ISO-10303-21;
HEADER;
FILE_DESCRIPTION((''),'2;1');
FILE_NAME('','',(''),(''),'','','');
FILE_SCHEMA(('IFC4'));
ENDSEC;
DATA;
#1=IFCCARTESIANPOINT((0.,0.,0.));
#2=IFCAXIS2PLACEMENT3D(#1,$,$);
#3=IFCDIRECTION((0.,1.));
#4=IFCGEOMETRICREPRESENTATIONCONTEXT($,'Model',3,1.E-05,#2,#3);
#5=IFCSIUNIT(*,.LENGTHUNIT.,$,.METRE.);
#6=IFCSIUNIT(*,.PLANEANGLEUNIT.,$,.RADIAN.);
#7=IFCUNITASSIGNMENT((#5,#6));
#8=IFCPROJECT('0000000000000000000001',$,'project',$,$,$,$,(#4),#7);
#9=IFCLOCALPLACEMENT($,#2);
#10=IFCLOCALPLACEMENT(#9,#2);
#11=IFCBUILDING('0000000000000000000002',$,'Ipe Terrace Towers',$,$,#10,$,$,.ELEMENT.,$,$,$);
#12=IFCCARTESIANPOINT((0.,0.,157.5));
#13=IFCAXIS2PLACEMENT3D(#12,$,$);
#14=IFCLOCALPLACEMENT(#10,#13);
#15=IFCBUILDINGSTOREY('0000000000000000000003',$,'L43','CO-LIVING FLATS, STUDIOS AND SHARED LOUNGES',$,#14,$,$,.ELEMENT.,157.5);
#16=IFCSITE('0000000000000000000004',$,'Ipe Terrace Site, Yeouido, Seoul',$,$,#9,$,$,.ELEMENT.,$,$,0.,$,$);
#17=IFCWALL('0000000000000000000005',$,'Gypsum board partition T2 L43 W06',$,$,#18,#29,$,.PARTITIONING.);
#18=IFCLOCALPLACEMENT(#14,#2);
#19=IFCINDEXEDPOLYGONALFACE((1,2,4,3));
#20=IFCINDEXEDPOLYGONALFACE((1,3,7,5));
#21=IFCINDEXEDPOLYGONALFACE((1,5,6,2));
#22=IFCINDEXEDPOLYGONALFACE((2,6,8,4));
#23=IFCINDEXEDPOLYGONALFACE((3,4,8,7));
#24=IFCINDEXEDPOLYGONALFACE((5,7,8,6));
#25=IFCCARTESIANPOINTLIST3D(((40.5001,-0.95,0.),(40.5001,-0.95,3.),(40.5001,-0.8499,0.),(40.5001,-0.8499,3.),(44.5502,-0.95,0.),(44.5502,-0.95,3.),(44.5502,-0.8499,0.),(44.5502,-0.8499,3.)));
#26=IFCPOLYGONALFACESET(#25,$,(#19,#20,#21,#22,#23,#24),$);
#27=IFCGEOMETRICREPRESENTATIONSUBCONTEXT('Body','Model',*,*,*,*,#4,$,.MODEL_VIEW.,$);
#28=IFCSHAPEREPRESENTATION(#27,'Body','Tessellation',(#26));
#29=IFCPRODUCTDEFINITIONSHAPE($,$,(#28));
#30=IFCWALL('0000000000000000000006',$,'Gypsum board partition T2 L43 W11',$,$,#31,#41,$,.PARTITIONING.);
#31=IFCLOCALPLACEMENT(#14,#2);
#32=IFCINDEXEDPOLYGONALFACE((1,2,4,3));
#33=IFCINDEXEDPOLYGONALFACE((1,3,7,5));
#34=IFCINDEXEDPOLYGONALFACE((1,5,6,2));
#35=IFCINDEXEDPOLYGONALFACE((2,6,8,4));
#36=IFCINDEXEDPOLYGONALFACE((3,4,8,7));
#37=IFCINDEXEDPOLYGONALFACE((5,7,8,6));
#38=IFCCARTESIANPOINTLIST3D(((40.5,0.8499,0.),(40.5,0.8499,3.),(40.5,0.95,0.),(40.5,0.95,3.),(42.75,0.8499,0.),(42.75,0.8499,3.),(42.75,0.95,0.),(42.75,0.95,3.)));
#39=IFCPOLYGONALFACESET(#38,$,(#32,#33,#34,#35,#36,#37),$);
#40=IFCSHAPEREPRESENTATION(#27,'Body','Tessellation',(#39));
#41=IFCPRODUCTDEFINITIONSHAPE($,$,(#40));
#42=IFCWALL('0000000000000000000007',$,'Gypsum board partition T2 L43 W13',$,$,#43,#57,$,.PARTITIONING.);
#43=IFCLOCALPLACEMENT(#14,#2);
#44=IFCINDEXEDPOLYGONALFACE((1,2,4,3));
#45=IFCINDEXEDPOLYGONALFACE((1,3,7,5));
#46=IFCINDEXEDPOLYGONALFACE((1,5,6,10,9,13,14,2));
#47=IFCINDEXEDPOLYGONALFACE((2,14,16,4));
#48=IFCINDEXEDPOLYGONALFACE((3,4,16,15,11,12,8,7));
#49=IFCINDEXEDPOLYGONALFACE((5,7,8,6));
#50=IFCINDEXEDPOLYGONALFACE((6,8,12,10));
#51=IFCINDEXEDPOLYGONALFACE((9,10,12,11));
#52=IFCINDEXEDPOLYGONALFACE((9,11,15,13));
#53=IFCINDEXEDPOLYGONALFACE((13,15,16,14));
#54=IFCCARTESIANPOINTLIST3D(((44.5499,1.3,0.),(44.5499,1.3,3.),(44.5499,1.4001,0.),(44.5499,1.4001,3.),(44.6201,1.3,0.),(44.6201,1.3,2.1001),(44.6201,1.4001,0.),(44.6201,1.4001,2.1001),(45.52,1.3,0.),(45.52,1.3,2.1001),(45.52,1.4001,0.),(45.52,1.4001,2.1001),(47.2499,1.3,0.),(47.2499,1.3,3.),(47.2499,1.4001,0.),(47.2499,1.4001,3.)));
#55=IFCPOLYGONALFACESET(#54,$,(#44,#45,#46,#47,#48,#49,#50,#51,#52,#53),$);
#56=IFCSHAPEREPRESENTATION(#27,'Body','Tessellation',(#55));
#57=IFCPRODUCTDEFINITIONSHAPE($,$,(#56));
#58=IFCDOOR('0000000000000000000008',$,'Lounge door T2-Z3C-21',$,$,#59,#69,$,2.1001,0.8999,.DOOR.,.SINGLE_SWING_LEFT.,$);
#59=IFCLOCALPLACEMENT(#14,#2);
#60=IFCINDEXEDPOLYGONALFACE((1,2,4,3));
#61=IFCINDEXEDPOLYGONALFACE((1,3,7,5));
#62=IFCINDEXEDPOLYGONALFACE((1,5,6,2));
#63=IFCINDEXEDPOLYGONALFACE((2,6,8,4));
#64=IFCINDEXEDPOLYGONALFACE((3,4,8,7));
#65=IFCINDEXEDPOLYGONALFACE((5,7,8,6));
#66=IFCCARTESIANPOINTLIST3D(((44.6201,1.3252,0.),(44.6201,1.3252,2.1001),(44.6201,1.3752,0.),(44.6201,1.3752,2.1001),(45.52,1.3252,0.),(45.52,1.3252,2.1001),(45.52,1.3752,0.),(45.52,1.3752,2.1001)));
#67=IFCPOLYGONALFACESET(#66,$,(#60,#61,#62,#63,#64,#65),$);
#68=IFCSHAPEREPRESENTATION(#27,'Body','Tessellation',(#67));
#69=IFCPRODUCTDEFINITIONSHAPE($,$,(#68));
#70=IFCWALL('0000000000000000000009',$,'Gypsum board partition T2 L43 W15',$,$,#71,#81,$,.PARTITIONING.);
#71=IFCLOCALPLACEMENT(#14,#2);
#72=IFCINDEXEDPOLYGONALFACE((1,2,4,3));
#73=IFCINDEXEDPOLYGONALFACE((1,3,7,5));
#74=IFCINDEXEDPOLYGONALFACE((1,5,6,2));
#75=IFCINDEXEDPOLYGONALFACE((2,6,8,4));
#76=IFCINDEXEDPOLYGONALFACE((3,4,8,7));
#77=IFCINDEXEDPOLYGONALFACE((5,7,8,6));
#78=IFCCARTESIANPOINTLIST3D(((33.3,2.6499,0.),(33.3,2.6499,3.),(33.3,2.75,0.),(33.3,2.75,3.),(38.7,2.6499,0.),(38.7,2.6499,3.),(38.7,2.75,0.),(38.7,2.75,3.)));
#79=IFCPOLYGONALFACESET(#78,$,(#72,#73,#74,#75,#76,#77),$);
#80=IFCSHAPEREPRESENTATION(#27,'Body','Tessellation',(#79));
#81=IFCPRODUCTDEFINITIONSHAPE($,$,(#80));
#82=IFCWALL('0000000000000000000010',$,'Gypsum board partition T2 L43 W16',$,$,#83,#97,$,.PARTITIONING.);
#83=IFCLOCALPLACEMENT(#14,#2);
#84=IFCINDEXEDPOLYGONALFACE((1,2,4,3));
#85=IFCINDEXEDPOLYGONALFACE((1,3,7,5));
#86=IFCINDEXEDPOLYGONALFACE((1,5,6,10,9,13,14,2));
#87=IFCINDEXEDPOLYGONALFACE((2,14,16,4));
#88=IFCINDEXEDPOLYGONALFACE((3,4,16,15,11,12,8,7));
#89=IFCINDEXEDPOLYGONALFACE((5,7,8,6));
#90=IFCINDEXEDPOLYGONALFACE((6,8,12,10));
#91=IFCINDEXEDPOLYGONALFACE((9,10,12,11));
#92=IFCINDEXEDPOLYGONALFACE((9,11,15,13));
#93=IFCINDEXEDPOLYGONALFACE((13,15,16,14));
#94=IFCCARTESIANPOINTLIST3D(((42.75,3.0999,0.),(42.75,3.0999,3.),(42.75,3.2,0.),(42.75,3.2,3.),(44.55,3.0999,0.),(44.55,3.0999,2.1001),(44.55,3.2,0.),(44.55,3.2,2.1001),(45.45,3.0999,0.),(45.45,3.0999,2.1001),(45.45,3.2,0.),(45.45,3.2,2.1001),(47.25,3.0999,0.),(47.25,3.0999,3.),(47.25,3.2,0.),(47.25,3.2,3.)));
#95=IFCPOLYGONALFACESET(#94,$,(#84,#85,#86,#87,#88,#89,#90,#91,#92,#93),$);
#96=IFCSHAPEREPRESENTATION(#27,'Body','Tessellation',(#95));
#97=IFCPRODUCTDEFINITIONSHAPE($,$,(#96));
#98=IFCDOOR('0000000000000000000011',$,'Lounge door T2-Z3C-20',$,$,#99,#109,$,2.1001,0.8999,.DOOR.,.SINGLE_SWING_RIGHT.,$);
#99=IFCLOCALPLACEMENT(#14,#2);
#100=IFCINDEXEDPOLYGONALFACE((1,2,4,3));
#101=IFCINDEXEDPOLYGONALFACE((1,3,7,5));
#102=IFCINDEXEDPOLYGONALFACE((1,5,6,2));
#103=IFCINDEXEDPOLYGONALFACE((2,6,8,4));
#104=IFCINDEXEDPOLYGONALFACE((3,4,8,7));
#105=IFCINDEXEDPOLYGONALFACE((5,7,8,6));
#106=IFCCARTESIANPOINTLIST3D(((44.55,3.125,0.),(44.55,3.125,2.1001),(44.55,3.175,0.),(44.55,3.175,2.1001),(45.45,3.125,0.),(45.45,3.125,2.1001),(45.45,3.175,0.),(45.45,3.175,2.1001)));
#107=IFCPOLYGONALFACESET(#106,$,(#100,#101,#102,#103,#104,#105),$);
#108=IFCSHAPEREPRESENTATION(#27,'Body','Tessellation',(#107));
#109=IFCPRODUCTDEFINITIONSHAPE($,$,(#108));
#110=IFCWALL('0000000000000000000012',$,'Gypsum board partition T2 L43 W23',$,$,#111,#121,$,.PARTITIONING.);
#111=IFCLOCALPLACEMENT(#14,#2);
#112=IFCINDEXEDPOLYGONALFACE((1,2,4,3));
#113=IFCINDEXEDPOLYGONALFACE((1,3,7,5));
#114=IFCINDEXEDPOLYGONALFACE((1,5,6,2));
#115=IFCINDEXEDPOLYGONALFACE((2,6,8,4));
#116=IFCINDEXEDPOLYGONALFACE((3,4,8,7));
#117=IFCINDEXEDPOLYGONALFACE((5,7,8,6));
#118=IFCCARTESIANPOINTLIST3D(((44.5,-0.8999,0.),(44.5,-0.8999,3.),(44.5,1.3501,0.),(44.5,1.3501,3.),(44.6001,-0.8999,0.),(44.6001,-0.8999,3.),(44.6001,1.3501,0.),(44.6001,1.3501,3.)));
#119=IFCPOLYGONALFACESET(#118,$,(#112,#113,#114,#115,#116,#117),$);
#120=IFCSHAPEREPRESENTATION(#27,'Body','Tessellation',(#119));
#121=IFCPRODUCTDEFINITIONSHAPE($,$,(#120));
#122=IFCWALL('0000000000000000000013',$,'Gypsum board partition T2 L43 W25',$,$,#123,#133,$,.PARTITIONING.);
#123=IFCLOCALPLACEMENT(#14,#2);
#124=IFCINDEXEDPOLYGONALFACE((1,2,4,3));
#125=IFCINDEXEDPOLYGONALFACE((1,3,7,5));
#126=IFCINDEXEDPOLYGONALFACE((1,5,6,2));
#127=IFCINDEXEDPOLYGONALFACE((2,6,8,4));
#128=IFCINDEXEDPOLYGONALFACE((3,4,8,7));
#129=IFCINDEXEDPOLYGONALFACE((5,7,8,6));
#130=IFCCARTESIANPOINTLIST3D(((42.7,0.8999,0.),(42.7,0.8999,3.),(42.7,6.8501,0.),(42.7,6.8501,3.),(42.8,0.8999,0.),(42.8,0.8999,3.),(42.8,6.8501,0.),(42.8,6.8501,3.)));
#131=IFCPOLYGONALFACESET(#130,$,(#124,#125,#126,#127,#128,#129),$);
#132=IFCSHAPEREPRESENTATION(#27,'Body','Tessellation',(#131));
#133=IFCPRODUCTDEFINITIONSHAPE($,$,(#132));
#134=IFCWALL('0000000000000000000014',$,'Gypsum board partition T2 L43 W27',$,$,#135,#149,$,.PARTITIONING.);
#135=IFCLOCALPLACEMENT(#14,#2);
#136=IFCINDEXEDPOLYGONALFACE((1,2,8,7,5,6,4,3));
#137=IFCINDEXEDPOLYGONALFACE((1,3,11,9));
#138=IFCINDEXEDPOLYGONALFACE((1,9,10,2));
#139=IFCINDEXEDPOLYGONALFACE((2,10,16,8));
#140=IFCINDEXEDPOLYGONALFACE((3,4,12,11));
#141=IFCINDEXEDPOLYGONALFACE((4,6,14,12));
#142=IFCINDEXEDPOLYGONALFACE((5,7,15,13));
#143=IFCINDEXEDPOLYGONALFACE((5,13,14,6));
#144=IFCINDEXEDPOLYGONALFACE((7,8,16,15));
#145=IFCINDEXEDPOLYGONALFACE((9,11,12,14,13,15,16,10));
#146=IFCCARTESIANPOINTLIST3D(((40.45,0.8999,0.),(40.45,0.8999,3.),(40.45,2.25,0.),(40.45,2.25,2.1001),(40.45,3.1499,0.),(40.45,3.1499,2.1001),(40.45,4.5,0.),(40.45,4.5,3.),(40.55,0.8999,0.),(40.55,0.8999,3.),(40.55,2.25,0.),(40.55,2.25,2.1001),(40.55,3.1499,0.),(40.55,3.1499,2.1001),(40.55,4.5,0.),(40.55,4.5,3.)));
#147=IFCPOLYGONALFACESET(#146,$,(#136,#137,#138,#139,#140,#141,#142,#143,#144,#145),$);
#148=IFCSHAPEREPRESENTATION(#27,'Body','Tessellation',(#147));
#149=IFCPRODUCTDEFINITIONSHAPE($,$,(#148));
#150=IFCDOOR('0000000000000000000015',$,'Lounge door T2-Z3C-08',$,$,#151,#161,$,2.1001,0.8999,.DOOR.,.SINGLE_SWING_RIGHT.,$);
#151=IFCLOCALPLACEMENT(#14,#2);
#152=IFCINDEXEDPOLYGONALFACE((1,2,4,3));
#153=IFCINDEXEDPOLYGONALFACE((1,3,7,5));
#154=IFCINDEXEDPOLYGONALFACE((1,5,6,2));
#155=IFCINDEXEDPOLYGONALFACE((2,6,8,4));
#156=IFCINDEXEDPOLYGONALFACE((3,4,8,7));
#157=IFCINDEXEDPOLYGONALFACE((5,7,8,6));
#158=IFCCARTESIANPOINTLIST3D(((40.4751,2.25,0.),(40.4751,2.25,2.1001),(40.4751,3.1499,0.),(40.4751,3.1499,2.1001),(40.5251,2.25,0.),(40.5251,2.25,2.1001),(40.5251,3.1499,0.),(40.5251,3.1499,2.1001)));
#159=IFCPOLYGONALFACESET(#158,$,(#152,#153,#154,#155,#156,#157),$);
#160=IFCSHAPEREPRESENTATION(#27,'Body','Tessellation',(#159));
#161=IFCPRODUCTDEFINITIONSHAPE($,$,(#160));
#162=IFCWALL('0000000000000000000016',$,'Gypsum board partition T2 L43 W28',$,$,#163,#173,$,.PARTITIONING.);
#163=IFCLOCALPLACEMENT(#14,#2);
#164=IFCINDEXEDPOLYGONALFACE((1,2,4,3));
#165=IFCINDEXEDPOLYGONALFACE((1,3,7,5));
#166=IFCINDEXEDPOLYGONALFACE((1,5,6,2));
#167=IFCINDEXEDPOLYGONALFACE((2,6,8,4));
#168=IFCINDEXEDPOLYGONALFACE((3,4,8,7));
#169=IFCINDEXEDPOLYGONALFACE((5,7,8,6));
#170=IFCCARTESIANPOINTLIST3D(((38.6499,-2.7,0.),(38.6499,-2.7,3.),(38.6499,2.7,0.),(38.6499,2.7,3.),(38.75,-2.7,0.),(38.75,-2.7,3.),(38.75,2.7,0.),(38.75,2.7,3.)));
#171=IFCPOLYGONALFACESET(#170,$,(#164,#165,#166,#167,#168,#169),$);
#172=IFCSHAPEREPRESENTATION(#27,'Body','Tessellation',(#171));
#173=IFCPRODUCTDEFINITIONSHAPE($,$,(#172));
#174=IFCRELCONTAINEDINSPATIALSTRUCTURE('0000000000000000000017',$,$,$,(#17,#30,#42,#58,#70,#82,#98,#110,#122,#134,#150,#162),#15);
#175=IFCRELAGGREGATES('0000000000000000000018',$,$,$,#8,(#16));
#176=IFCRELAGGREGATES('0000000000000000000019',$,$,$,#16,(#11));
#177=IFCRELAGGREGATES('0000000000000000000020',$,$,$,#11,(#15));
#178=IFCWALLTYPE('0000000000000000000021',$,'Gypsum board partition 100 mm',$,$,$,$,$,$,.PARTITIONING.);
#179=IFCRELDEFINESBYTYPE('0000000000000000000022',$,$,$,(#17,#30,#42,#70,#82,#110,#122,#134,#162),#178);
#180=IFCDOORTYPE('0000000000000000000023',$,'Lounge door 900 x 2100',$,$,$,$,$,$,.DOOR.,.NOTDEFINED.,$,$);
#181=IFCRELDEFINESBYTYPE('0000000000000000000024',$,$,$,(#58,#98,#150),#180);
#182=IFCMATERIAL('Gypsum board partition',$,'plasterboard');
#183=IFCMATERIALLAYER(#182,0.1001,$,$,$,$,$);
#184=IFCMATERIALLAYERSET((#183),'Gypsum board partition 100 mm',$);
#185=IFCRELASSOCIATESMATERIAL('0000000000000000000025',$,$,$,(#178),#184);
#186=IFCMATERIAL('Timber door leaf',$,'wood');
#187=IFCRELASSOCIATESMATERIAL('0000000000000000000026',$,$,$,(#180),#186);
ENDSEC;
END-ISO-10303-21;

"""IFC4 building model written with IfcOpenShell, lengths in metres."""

from ifc_helpers import new_model, si_unit, direction, frame, frame_2d, origin, place, context, subcontext, project, spatial, rectangle, extrude, material, layer, layer_set, type_object, element, fill, save


model = new_model("IFC4")

# Units and contexts
model_context = context("Model", 3, precision=1e-05, world=origin(), true_north=direction((0.0, 1.0)))
body_context = subcontext(model_context, "Body", "Model", "MODEL_VIEW")
ifc_project = project(units=[si_unit("LENGTHUNIT", "METRE"), si_unit("PLANEANGLEUNIT", "RADIAN")], contexts=[model_context])

# Site, building, storey
site_placement = place(None, origin())
site = spatial("IfcSite", under=ifc_project, at=site_placement, Name="Ipe Terrace Site, Yeouido, Seoul", CompositionType="ELEMENT", RefElevation=0.0)
building_placement = place(site_placement, origin())
building = spatial("IfcBuilding", under=site, at=building_placement, Name="Ipe Terrace Towers", CompositionType="ELEMENT")
storey_placement = place(building_placement, frame((0.0, 0.0, 157.5)))
storey = spatial("IfcBuildingStorey", under=building, at=storey_placement, Name="L43", Description="CO-LIVING FLATS, STUDIOS AND SHARED LOUNGES", CompositionType="ELEMENT", Elevation=157.5)

# Shared definitions
ifc_material_1 = material(Name="Gypsum board partition", Category="plasterboard")
ifc_layer_1 = layer(ifc_material_1, 0.1001)
ifc_layer_set_1 = layer_set([ifc_layer_1], Name="Gypsum board partition 100 mm")
wall_type_1 = type_object("IfcWallType", Name="Gypsum board partition 100 mm", PredefinedType="PARTITIONING", material=ifc_layer_set_1)
ifc_material_2 = material(Name="Timber door leaf", Category="wood")
door_type = type_object("IfcDoorType", Name="Lounge door 900 x 2100", OperationType="NOTDEFINED", PredefinedType="DOOR", material=ifc_material_2)

# Walls
wall_1_placement = place(storey_placement, frame((44.55, -0.8999, 0.0), z_axis=(0.0, 0.0, 1.0), x_axis=(-1.0, 0.0, 0.0)))
element("IfcWall", 1, at=wall_1_placement, inside=storey, type_object=wall_type_1, Name="Gypsum board partition T2 L43 W06", PredefinedType="PARTITIONING", context=body_context, shape_type="SweptSolid", body=[
    extrude(rectangle(XDim=4.05, YDim=0.1001, at=frame_2d((2.0249, 0.0))), origin(), (0.0, 0.0, 1.0), 3.0),
])
wall_2_placement = place(storey_placement, frame((42.75, 0.8999, 0.0), z_axis=(0.0, 0.0, 1.0), x_axis=(-1.0, 0.0, 0.0)))
element("IfcWall", 2, at=wall_2_placement, inside=storey, type_object=wall_type_1, Name="Gypsum board partition T2 L43 W11", PredefinedType="PARTITIONING", context=body_context, shape_type="SweptSolid", body=[
    extrude(rectangle(XDim=2.25, YDim=0.1001, at=frame_2d((1.125, 0.0))), origin(), (0.0, 0.0, 1.0), 3.0),
])

# Wall, opening, door
wall_3_placement = place(storey_placement, frame((47.25, 1.3501, 0.0), z_axis=(0.0, 0.0, 1.0), x_axis=(-1.0, 0.0, 0.0)))
wall_3 = element("IfcWall", 3, at=wall_3_placement, inside=storey, type_object=wall_type_1, Name="Gypsum board partition T2 L43 W13", PredefinedType="PARTITIONING", context=body_context, shape_type="SweptSolid", body=[
    extrude(rectangle(XDim=2.7, YDim=0.1001, at=frame_2d((1.3501, 0.0))), origin(), (0.0, 0.0, 1.0), 3.0),
])
opening_1_placement = place(wall_3_placement, frame((1.73, 0.0, 0.0)))
opening_1 = element("IfcOpeningElement", 4, at=opening_1_placement, cuts=wall_3, PredefinedType="OPENING", context=body_context, shape_type="SweptSolid", body=[
    extrude(rectangle(XDim=0.8999, YDim=2.1001, at=frame_2d((0.45, 1.05))), frame((0.0, 0.0601, 0.0), z_axis=(0.0, -1.0, 0.0), x_axis=(1.0, 0.0, 0.0)), (0.0, 0.0, 1.0), 0.1201),
])
door_1_placement = place(opening_1_placement, origin())
door_1 = element("IfcDoor", 5, at=door_1_placement, inside=storey, type_object=door_type, Name="Lounge door T2-Z3C-21", OperationType="SINGLE_SWING_LEFT", OverallHeight=2.1001, OverallWidth=0.8999, PredefinedType="DOOR", context=body_context, shape_type="SweptSolid", body=[
    extrude(rectangle(XDim=0.8999, YDim=2.1001, at=frame_2d((0.45, 1.05))), frame((0.0, 0.0249, 0.0), z_axis=(0.0, -1.0, 0.0), x_axis=(1.0, 0.0, 0.0)), (0.0, 0.0, 1.0), 0.05),
])
fill(opening_1, door_1)

# Wall
wall_4_placement = place(storey_placement, frame((38.7, 2.7, 0.0), z_axis=(0.0, 0.0, 1.0), x_axis=(-1.0, 0.0, 0.0)))
element("IfcWall", 6, at=wall_4_placement, inside=storey, type_object=wall_type_1, Name="Gypsum board partition T2 L43 W15", PredefinedType="PARTITIONING", context=body_context, shape_type="SweptSolid", body=[
    extrude(rectangle(XDim=5.3999, YDim=0.1001, at=frame_2d((2.7, 0.0))), origin(), (0.0, 0.0, 1.0), 3.0),
])

# Wall, opening, door
wall_5_placement = place(storey_placement, frame((47.25, 3.1499, 0.0), z_axis=(0.0, 0.0, 1.0), x_axis=(-1.0, 0.0, 0.0)))
wall_5 = element("IfcWall", 7, at=wall_5_placement, inside=storey, type_object=wall_type_1, Name="Gypsum board partition T2 L43 W16", PredefinedType="PARTITIONING", context=body_context, shape_type="SweptSolid", body=[
    extrude(rectangle(XDim=4.5, YDim=0.1001, at=frame_2d((2.25, 0.0))), origin(), (0.0, 0.0, 1.0), 3.0),
])
opening_2_placement = place(wall_5_placement, frame((1.8, 0.0, 0.0)))
opening_2 = element("IfcOpeningElement", 8, at=opening_2_placement, cuts=wall_5, PredefinedType="OPENING", context=body_context, shape_type="SweptSolid", body=[
    extrude(rectangle(XDim=0.8999, YDim=2.1001, at=frame_2d((0.45, 1.05))), frame((0.0, 0.0601, 0.0), z_axis=(0.0, -1.0, 0.0), x_axis=(1.0, 0.0, 0.0)), (0.0, 0.0, 1.0), 0.1201),
])
door_2_placement = place(opening_2_placement, origin())
door_2 = element("IfcDoor", 9, at=door_2_placement, inside=storey, type_object=door_type, Name="Lounge door T2-Z3C-20", OperationType="SINGLE_SWING_RIGHT", OverallHeight=2.1001, OverallWidth=0.8999, PredefinedType="DOOR", context=body_context, shape_type="SweptSolid", body=[
    extrude(rectangle(XDim=0.8999, YDim=2.1001, at=frame_2d((0.45, 1.05))), frame((0.0, 0.0249, 0.0), z_axis=(0.0, -1.0, 0.0), x_axis=(1.0, 0.0, 0.0)), (0.0, 0.0, 1.0), 0.05),
])
fill(opening_2, door_2)

# Walls
wall_6_placement = place(storey_placement, frame((44.55, -0.8999, 0.0), z_axis=(0.0, 0.0, 1.0), x_axis=(0.0, 1.0, 0.0)))
element("IfcWall", 10, at=wall_6_placement, inside=storey, type_object=wall_type_1, Name="Gypsum board partition T2 L43 W23", PredefinedType="PARTITIONING", context=body_context, shape_type="SweptSolid", body=[
    extrude(rectangle(XDim=2.25, YDim=0.1001, at=frame_2d((1.125, 0.0))), origin(), (0.0, 0.0, 1.0), 3.0),
])
wall_7_placement = place(storey_placement, frame((42.75, 0.8999, 0.0), z_axis=(0.0, 0.0, 1.0), x_axis=(0.0, 1.0, 0.0)))
element("IfcWall", 11, at=wall_7_placement, inside=storey, type_object=wall_type_1, Name="Gypsum board partition T2 L43 W25", PredefinedType="PARTITIONING", context=body_context, shape_type="SweptSolid", body=[
    extrude(rectangle(XDim=5.9502, YDim=0.1001, at=frame_2d((2.9751, 0.0))), origin(), (0.0, 0.0, 1.0), 3.0),
])

# Wall, opening, door
wall_8_placement = place(storey_placement, frame((40.5, 0.8999, 0.0), z_axis=(0.0, 0.0, 1.0), x_axis=(0.0, 1.0, 0.0)))
wall_8 = element("IfcWall", 12, at=wall_8_placement, inside=storey, type_object=wall_type_1, Name="Gypsum board partition T2 L43 W27", PredefinedType="PARTITIONING", context=body_context, shape_type="SweptSolid", body=[
    extrude(rectangle(XDim=3.6001, YDim=0.1001, at=frame_2d((1.8, 0.0))), origin(), (0.0, 0.0, 1.0), 3.0),
])
opening_3_placement = place(wall_8_placement, frame((1.3501, 0.0, 0.0)))
opening_3 = element("IfcOpeningElement", 13, at=opening_3_placement, cuts=wall_8, PredefinedType="OPENING", context=body_context, shape_type="SweptSolid", body=[
    extrude(rectangle(XDim=0.8999, YDim=2.1001, at=frame_2d((0.45, 1.05))), frame((0.0, 0.0601, 0.0), z_axis=(0.0, -1.0, 0.0), x_axis=(1.0, 0.0, 0.0)), (0.0, 0.0, 1.0), 0.1201),
])
door_3_placement = place(opening_3_placement, origin())
door_3 = element("IfcDoor", 14, at=door_3_placement, inside=storey, type_object=door_type, Name="Lounge door T2-Z3C-08", OperationType="SINGLE_SWING_RIGHT", OverallHeight=2.1001, OverallWidth=0.8999, PredefinedType="DOOR", context=body_context, shape_type="SweptSolid", body=[
    extrude(rectangle(XDim=0.8999, YDim=2.1001, at=frame_2d((0.45, 1.05))), frame((0.0, 0.0249, 0.0), z_axis=(0.0, -1.0, 0.0), x_axis=(1.0, 0.0, 0.0)), (0.0, 0.0, 1.0), 0.05),
])
fill(opening_3, door_3)

# Wall
wall_9_placement = place(storey_placement, frame((38.7, -2.7, 0.0), z_axis=(0.0, 0.0, 1.0), x_axis=(0.0, 1.0, 0.0)))
element("IfcWall", 15, at=wall_9_placement, inside=storey, type_object=wall_type_1, Name="Gypsum board partition T2 L43 W28", PredefinedType="PARTITIONING", context=body_context, shape_type="SweptSolid", body=[
    extrude(rectangle(XDim=5.3999, YDim=0.1001, at=frame_2d((2.7, 0.0))), origin(), (0.0, 0.0, 1.0), 3.0),
])

save(model, "model.ifc")
